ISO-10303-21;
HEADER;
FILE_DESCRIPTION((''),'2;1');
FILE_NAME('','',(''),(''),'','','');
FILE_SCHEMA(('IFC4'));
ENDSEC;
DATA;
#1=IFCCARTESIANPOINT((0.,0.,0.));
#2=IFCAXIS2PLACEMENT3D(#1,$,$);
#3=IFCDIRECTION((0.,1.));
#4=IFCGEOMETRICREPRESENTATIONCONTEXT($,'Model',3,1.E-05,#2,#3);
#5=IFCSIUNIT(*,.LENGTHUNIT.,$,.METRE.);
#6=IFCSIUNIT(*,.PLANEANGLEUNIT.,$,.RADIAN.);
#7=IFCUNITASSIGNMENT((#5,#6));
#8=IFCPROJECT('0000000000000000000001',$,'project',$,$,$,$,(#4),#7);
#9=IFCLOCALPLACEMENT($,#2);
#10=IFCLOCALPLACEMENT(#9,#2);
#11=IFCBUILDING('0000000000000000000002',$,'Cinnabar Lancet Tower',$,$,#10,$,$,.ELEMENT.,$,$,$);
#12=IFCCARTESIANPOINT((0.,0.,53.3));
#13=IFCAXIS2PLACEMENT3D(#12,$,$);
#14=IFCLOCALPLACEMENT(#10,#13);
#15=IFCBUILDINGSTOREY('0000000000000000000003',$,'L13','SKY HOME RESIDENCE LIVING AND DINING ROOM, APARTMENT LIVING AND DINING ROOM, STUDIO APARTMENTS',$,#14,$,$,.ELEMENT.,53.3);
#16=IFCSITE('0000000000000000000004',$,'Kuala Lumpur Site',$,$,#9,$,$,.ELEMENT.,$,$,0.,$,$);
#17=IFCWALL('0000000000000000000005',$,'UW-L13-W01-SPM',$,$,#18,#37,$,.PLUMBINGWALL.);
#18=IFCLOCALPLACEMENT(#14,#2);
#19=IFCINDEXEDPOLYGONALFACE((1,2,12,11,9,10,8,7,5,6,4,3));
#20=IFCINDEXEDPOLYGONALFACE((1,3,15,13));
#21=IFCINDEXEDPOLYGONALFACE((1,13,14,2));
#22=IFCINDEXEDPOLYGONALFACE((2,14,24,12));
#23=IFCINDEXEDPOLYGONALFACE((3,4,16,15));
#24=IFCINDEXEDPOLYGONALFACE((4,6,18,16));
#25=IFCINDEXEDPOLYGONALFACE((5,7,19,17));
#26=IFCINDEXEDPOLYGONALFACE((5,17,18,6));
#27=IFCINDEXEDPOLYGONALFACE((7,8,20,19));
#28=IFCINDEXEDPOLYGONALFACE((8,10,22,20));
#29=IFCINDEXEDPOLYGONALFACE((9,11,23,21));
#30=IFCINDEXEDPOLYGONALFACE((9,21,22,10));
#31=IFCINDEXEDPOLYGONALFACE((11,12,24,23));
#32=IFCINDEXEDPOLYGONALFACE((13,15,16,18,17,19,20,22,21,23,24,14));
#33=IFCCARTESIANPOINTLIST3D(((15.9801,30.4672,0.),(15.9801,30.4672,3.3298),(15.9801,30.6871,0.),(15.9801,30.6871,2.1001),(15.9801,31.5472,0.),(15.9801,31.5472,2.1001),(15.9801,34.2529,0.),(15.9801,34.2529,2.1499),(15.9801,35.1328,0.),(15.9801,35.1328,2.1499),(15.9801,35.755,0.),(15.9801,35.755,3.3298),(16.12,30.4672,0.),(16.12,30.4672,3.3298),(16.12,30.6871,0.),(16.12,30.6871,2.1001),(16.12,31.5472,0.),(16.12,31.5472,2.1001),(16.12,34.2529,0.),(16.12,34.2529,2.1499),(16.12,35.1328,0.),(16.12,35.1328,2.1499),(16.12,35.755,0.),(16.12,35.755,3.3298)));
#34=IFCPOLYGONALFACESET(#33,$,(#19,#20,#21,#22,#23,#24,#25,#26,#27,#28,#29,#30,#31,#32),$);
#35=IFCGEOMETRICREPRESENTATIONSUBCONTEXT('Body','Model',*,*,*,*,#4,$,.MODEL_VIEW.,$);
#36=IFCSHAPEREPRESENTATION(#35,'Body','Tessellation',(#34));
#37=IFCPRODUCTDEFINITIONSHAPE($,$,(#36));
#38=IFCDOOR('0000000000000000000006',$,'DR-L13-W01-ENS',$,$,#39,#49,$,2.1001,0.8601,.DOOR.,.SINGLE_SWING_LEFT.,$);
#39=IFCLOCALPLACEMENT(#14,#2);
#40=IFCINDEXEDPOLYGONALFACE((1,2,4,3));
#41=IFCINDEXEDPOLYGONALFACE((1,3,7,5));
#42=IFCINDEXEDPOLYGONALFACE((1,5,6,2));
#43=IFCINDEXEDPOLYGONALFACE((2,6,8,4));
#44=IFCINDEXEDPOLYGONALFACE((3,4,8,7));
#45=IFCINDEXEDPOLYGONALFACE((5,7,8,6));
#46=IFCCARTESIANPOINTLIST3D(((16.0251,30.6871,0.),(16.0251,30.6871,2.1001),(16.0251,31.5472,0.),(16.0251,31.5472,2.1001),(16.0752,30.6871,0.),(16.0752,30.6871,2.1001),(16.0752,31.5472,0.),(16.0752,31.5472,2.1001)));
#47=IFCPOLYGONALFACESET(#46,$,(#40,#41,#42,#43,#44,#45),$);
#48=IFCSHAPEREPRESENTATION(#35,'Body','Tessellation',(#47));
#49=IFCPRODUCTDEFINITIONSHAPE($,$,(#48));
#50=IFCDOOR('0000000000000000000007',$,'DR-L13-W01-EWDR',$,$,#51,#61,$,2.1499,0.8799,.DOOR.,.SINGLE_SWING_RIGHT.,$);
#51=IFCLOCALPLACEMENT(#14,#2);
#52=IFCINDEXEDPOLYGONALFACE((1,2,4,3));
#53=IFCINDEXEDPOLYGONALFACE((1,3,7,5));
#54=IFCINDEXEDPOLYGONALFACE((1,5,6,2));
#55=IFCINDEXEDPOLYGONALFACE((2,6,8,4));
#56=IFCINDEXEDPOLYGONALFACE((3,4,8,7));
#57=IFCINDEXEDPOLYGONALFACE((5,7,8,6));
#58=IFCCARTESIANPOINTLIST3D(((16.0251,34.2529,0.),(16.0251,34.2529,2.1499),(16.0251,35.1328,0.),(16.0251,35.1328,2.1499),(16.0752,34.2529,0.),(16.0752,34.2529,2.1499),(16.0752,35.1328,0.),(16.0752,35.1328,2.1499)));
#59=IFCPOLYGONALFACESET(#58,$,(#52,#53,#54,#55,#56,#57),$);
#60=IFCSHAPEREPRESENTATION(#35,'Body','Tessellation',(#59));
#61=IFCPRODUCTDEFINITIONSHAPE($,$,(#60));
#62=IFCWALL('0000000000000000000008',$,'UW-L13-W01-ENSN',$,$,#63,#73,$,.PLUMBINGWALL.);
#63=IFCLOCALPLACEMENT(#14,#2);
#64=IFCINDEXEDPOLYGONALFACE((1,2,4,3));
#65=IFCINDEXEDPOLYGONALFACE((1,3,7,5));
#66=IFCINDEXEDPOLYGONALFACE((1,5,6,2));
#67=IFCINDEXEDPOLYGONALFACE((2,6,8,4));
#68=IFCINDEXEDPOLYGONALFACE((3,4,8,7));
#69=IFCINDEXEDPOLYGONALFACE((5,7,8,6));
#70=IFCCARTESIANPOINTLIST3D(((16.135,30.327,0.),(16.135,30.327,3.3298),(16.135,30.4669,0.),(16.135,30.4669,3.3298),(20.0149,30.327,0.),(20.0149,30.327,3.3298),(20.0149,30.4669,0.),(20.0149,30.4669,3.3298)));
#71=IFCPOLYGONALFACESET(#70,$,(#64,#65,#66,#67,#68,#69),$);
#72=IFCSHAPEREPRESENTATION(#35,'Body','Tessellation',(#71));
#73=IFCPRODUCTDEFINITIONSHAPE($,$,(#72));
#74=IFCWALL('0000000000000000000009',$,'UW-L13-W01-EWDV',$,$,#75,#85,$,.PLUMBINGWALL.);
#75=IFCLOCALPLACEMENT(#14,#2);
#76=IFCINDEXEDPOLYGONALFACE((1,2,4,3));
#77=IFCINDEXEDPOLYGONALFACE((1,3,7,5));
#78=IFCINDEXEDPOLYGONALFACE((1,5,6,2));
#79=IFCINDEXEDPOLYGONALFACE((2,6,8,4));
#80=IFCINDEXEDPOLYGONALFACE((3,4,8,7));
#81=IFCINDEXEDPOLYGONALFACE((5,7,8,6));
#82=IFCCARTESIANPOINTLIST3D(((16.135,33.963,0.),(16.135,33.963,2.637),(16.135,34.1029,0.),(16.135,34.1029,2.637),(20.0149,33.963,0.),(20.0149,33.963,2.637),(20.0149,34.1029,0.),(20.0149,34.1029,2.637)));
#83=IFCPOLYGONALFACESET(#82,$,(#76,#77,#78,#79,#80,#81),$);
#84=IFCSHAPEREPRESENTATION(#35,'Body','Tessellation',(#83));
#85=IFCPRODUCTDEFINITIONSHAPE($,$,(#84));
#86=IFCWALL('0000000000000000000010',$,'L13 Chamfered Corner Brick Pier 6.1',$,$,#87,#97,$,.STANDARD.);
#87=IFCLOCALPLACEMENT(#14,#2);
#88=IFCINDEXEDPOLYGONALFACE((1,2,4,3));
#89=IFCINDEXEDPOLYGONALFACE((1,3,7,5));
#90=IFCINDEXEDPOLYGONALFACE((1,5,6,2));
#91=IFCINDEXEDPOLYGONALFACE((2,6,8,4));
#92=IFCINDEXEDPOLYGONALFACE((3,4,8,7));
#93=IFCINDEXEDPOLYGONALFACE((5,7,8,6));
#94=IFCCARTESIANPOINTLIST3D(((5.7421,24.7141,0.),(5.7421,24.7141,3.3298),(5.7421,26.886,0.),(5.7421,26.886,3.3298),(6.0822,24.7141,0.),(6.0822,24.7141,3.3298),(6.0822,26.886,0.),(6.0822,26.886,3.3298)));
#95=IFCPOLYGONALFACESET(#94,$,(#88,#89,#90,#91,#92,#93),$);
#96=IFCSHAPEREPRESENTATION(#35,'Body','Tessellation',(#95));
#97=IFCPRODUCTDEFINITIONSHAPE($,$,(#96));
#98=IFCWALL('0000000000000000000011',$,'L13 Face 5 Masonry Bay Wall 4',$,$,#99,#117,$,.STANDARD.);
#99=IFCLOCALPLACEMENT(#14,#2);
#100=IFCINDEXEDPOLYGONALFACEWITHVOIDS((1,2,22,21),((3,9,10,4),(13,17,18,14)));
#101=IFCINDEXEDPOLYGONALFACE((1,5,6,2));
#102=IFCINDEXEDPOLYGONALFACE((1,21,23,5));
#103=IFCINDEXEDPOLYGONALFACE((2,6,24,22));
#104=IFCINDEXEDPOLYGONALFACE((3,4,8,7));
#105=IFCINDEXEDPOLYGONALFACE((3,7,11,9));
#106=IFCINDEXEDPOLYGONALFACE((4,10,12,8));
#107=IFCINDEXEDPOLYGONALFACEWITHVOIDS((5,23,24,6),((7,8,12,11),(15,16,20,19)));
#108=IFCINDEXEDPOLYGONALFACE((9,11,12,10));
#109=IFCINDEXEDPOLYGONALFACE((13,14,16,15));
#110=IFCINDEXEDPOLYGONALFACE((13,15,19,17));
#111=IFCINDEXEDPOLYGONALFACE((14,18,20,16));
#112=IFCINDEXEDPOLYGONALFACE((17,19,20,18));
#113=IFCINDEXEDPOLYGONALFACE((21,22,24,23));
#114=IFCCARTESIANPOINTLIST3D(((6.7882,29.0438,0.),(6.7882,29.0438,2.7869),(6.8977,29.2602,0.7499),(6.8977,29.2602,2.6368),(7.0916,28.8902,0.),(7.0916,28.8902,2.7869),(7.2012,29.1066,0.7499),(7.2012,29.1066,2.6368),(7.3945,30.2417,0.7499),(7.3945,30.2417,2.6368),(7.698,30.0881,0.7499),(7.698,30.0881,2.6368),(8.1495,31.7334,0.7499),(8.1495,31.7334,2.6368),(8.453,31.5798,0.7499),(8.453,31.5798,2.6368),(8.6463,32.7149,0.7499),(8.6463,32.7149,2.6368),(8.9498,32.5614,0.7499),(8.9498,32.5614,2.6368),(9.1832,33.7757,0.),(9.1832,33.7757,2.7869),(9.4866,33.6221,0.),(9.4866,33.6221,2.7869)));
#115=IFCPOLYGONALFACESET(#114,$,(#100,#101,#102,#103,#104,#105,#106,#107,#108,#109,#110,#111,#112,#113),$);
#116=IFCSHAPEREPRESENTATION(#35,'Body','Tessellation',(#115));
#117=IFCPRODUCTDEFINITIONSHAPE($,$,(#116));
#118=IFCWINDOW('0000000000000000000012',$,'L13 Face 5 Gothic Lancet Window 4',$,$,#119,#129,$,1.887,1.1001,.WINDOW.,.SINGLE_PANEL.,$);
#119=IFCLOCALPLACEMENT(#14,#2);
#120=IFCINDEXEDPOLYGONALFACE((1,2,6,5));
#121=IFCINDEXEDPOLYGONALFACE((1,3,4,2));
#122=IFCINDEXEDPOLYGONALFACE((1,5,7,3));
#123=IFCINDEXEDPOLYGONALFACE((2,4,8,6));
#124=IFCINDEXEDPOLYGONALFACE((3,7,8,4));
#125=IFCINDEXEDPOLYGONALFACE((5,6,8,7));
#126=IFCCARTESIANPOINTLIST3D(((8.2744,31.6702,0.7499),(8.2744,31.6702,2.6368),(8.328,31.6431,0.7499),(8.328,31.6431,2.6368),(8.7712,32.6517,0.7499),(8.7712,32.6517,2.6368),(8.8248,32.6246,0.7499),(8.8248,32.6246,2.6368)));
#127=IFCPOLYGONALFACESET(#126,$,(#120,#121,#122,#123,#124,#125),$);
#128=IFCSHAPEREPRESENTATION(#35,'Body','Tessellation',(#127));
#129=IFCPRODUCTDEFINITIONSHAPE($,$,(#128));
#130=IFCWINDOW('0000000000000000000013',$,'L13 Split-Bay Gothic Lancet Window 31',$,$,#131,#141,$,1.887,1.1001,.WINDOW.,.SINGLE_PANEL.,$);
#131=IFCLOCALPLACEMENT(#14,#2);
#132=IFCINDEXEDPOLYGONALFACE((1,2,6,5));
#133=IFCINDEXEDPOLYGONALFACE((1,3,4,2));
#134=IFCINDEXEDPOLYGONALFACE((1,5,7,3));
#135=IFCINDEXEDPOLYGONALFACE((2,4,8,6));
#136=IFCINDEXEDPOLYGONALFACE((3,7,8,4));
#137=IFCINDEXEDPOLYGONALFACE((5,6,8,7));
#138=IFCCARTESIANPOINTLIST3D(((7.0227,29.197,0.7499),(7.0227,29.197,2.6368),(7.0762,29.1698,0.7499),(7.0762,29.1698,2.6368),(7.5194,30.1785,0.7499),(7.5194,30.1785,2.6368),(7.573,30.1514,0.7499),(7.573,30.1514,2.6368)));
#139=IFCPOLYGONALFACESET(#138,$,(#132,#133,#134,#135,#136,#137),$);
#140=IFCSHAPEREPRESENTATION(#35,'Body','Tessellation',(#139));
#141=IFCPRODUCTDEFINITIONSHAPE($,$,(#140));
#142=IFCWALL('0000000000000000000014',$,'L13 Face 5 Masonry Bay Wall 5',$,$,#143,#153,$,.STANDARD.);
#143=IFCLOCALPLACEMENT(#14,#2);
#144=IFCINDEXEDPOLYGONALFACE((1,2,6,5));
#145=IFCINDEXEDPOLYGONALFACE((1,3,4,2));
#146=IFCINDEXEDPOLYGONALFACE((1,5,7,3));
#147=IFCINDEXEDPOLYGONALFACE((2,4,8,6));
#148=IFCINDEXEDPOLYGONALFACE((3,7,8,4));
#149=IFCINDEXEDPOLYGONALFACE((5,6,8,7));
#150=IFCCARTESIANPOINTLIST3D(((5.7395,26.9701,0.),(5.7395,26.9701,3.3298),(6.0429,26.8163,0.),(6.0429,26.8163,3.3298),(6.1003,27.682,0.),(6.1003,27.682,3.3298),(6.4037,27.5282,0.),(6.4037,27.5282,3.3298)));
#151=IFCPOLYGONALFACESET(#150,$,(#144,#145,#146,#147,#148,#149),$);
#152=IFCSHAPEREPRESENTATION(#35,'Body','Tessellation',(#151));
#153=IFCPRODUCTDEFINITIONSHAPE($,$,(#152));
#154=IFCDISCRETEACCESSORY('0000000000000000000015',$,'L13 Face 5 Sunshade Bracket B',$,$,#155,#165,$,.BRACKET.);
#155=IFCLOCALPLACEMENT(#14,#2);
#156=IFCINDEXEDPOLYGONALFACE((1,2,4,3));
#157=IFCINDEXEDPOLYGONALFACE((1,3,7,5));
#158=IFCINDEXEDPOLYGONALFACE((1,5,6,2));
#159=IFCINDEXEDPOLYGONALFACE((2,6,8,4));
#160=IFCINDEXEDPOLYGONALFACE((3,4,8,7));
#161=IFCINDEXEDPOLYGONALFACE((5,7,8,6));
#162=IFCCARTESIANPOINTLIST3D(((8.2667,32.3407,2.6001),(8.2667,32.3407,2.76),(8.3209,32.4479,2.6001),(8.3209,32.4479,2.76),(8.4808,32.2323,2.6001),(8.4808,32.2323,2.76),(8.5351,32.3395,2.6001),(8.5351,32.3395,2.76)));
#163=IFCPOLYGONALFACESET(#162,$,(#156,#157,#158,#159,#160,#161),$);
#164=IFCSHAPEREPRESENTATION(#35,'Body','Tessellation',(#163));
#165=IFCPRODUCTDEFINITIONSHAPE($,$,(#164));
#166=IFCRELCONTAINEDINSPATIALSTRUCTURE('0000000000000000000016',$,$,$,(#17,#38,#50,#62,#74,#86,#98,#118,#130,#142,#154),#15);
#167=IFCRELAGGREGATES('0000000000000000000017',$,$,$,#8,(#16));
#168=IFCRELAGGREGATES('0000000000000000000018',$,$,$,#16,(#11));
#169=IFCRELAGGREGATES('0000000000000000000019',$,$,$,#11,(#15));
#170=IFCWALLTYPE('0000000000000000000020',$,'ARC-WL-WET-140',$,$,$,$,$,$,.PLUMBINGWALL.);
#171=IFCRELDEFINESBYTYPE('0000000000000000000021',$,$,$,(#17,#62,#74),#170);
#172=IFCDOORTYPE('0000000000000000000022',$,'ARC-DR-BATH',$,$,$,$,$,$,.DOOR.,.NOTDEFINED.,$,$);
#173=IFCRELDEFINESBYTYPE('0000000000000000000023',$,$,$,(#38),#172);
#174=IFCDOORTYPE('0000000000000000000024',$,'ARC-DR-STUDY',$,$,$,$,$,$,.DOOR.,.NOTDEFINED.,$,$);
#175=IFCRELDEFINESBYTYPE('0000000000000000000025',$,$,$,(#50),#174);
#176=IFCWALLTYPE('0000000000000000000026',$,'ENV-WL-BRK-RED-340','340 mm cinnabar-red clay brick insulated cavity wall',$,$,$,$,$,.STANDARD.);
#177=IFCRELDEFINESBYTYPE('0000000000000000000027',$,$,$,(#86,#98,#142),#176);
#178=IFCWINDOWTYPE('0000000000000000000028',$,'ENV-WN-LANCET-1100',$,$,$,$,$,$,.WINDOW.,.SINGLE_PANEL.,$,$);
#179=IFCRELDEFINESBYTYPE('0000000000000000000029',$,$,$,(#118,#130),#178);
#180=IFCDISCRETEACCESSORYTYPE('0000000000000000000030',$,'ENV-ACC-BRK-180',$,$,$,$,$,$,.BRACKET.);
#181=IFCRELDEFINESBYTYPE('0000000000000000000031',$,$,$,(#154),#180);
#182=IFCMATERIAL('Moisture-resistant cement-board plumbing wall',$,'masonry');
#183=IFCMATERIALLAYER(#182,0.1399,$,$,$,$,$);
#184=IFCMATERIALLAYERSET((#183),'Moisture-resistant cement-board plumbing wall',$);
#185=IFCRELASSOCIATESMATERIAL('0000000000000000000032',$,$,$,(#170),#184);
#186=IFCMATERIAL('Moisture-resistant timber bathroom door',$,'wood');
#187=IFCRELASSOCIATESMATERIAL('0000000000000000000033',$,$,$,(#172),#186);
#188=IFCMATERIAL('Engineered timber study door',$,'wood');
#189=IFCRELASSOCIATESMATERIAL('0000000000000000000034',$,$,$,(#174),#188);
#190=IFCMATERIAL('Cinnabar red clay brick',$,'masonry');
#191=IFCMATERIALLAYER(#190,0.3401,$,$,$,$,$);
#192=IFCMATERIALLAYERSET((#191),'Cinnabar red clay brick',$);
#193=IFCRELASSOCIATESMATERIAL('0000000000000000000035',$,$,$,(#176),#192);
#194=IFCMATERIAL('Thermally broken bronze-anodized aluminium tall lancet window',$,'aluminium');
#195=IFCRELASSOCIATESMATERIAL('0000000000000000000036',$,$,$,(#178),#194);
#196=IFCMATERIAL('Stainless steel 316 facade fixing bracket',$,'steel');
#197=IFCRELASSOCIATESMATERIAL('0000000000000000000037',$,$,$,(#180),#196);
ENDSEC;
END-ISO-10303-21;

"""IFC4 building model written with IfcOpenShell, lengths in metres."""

from ifc_helpers import new_model, si_unit, direction, frame, frame_2d, origin, origin_2d, place, context, subcontext, project, spatial, rectangle, extrude, material, layer, layer_set, type_object, element, fill, save


model = new_model("IFC4")

# Units and contexts
model_context = context("Model", 3, precision=1e-05, world=origin(), true_north=direction((0.0, 1.0)))
body_context = subcontext(model_context, "Body", "Model", "MODEL_VIEW")
ifc_project = project(units=[si_unit("LENGTHUNIT", "METRE"), si_unit("PLANEANGLEUNIT", "RADIAN")], contexts=[model_context])

# Site, building, storey
site_placement = place(None, origin())
site = spatial("IfcSite", under=ifc_project, at=site_placement, Name="Kuala Lumpur Site", CompositionType="ELEMENT", RefElevation=0.0)
building_placement = place(site_placement, origin())
building = spatial("IfcBuilding", under=site, at=building_placement, Name="Cinnabar Lancet Tower", CompositionType="ELEMENT")
storey_placement = place(building_placement, frame((0.0, 0.0, 53.3)))
storey = spatial("IfcBuildingStorey", under=building, at=storey_placement, Name="L13", Description="SKY HOME RESIDENCE LIVING AND DINING ROOM, APARTMENT LIVING AND DINING ROOM, STUDIO APARTMENTS", CompositionType="ELEMENT", Elevation=53.3)

# Wall, openings, doors
ifc_material_1 = material(Name="Moisture-resistant cement-board plumbing wall", Category="masonry")
ifc_layer_1 = layer(ifc_material_1, 0.1399)
ifc_layer_set_1 = layer_set([ifc_layer_1], Name="Moisture-resistant cement-board plumbing wall")
wall_type_1 = type_object("IfcWallType", Name="ARC-WL-WET-140", PredefinedType="PLUMBINGWALL", material=ifc_layer_set_1)
wall_1_placement = place(storey_placement, frame((16.05, 30.467, 0.0), z_axis=(0.0, 0.0, 1.0), x_axis=(0.0, 1.0, 0.0)))
wall_1 = element("IfcWall", 1, at=wall_1_placement, inside=storey, type_object=wall_type_1, Name="UW-L13-W01-SPM", PredefinedType="PLUMBINGWALL", context=body_context, shape_type="SweptSolid", body=[
    extrude(rectangle(XDim=5.2878, YDim=0.1399, at=frame_2d((2.644, 0.0))), origin(), (0.0, 0.0, 1.0), 3.3298),
])
opening_1_placement = place(wall_1_placement, frame((0.22, 0.0, 0.0)))
opening_1 = element("IfcOpeningElement", 2, at=opening_1_placement, cuts=wall_1, PredefinedType="OPENING", context=body_context, shape_type="SweptSolid", body=[
    extrude(rectangle(XDim=0.8601, YDim=2.1001, at=frame_2d((0.4302, 1.05))), frame((0.0, 0.0798, 0.0), z_axis=(0.0, -1.0, 0.0), x_axis=(1.0, 0.0, 0.0)), (0.0, 0.0, 1.0), 0.1599),
])
opening_2_placement = place(wall_1_placement, frame((3.7859, 0.0, 0.0)))
opening_2 = element("IfcOpeningElement", 3, at=opening_2_placement, cuts=wall_1, PredefinedType="OPENING", context=body_context, shape_type="SweptSolid", body=[
    extrude(rectangle(XDim=0.8799, YDim=2.1499, at=frame_2d((0.4399, 1.075))), frame((0.0, 0.0798, 0.0), z_axis=(0.0, -1.0, 0.0), x_axis=(1.0, 0.0, 0.0)), (0.0, 0.0, 1.0), 0.1599),
])
ifc_material_2 = material(Name="Moisture-resistant timber bathroom door", Category="wood")
door_type_1 = type_object("IfcDoorType", Name="ARC-DR-BATH", OperationType="NOTDEFINED", PredefinedType="DOOR", material=ifc_material_2)
door_1_placement = place(opening_1_placement, origin())
door_1 = element("IfcDoor", 4, at=door_1_placement, inside=storey, type_object=door_type_1, Name="DR-L13-W01-ENS", OperationType="SINGLE_SWING_LEFT", OverallHeight=2.1001, OverallWidth=0.8601, PredefinedType="DOOR", context=body_context, shape_type="SweptSolid", body=[
    extrude(rectangle(XDim=0.8601, YDim=2.1001, at=frame_2d((0.4302, 1.05))), frame((0.0, 0.0249, 0.0), z_axis=(0.0, -1.0, 0.0), x_axis=(1.0, 0.0, 0.0)), (0.0, 0.0, 1.0), 0.05),
])
fill(opening_1, door_1)
ifc_material_3 = material(Name="Engineered timber study door", Category="wood")
door_type_2 = type_object("IfcDoorType", Name="ARC-DR-STUDY", OperationType="NOTDEFINED", PredefinedType="DOOR", material=ifc_material_3)
door_2_placement = place(opening_2_placement, origin())
door_2 = element("IfcDoor", 5, at=door_2_placement, inside=storey, type_object=door_type_2, Name="DR-L13-W01-EWDR", OperationType="SINGLE_SWING_RIGHT", OverallHeight=2.1499, OverallWidth=0.8799, PredefinedType="DOOR", context=body_context, shape_type="SweptSolid", body=[
    extrude(rectangle(XDim=0.8799, YDim=2.1499, at=frame_2d((0.4399, 1.075))), frame((0.0, 0.0249, 0.0), z_axis=(0.0, -1.0, 0.0), x_axis=(1.0, 0.0, 0.0)), (0.0, 0.0, 1.0), 0.05),
])
fill(opening_2, door_2)

# Walls
wall_2_placement = place(storey_placement, frame((16.135, 30.397, 0.0), z_axis=(0.0, 0.0, 1.0), x_axis=(1.0, 0.0, 0.0)))
element("IfcWall", 6, at=wall_2_placement, inside=storey, type_object=wall_type_1, Name="UW-L13-W01-ENSN", PredefinedType="PLUMBINGWALL", context=body_context, shape_type="SweptSolid", body=[
    extrude(rectangle(XDim=3.8799, YDim=0.1399, at=frame_2d((1.9399, 0.0))), origin(), (0.0, 0.0, 1.0), 3.3298),
])
wall_3_placement = place(storey_placement, frame((16.135, 34.033, 0.0), z_axis=(0.0, 0.0, 1.0), x_axis=(1.0, 0.0, 0.0)))
element("IfcWall", 7, at=wall_3_placement, inside=storey, type_object=wall_type_1, Name="UW-L13-W01-EWDV", PredefinedType="PLUMBINGWALL", context=body_context, shape_type="SweptSolid", body=[
    extrude(rectangle(XDim=3.8799, YDim=0.1399, at=frame_2d((1.9399, 0.0))), origin(), (0.0, 0.0, 1.0), 2.637),
])
ifc_material_4 = material(Name="Cinnabar red clay brick", Category="masonry")
ifc_layer_2 = layer(ifc_material_4, 0.3401)
ifc_layer_set_2 = layer_set([ifc_layer_2], Name="Cinnabar red clay brick")
wall_type_2 = type_object("IfcWallType", Name="ENV-WL-BRK-RED-340", Description="340 mm cinnabar-red clay brick insulated cavity wall", PredefinedType="STANDARD", material=ifc_layer_set_2)
wall_4_placement = place(storey_placement, frame((5.9121, 26.886, 0.0), z_axis=(0.0, 0.0, 1.0), x_axis=(0.0, -1.0, 0.0)))
element("IfcWall", 8, at=wall_4_placement, inside=storey, type_object=wall_type_2, Name="L13 Chamfered Corner Brick Pier 6.1", PredefinedType="STANDARD", context=body_context, shape_type="SweptSolid", body=[
    extrude(rectangle(XDim=2.1719, YDim=0.3401, at=frame_2d((1.0859, 0.0))), origin(), (0.0, 0.0, 1.0), 3.3298),
])

# Wall, openings, windows
wall_5_placement = place(storey_placement, frame((9.335, 33.699, 0.0), z_axis=(0.0, 0.0, 1.0), x_axis=(-0.451591, -0.892225, 0.0)))
wall_5 = element("IfcWall", 9, at=wall_5_placement, inside=storey, type_object=wall_type_2, Name="L13 Face 5 Masonry Bay Wall 4", PredefinedType="STANDARD", context=body_context, shape_type="SweptSolid", body=[
    extrude(rectangle(XDim=5.3035, YDim=0.3401, at=frame_2d((2.6519, 0.0))), origin(), (0.0, 0.0, 1.0), 2.7869),
])
opening_3_placement = place(wall_5_placement, frame((1.189, 0.0, 0.75)))
opening_3 = element("IfcOpeningElement", 10, at=opening_3_placement, cuts=wall_5, PredefinedType="OPENING", context=body_context, shape_type="SweptSolid", body=[
    extrude(rectangle(XDim=1.1001, YDim=1.887, at=frame_2d((0.55, 0.9434))), frame((0.0, 0.1799, 0.0), z_axis=(0.0, -1.0, 0.0), x_axis=(1.0, 0.0, 0.0)), (0.0, 0.0, 1.0), 0.3601),
])
opening_4_placement = place(wall_5_placement, frame((3.9609, 0.0, 0.75)))
opening_4 = element("IfcOpeningElement", 11, at=opening_4_placement, cuts=wall_5, PredefinedType="OPENING", context=body_context, shape_type="SweptSolid", body=[
    extrude(rectangle(XDim=1.1001, YDim=1.887, at=frame_2d((0.55, 0.9434))), frame((0.0, 0.1799, 0.0), z_axis=(0.0, -1.0, 0.0), x_axis=(1.0, 0.0, 0.0)), (0.0, 0.0, 1.0), 0.3601),
])
ifc_material_5 = material(Name="Thermally broken bronze-anodized aluminium tall lancet window", Category="aluminium")
window_type = type_object("IfcWindowType", Name="ENV-WN-LANCET-1100", PartitioningType="SINGLE_PANEL", PredefinedType="WINDOW", material=ifc_material_5)
window_1_placement = place(opening_3_placement, origin())
window_1 = element("IfcWindow", 12, at=window_1_placement, inside=storey, type_object=window_type, Name="L13 Face 5 Gothic Lancet Window 4", OverallHeight=1.887, OverallWidth=1.1001, PartitioningType="SINGLE_PANEL", PredefinedType="WINDOW", context=body_context, shape_type="SweptSolid", body=[
    extrude(rectangle(XDim=1.1001, YDim=1.887, at=frame_2d((0.55, 0.9434))), frame((0.0, 0.03, 0.0), z_axis=(0.0, -1.0, 0.0), x_axis=(1.0, 0.0, 0.0)), (0.0, 0.0, 1.0), 0.0601),
])
fill(opening_3, window_1)
window_2_placement = place(opening_4_placement, origin())
window_2 = element("IfcWindow", 13, at=window_2_placement, inside=storey, type_object=window_type, Name="L13 Split-Bay Gothic Lancet Window 31", OverallHeight=1.887, OverallWidth=1.1001, PartitioningType="SINGLE_PANEL", PredefinedType="WINDOW", context=body_context, shape_type="SweptSolid", body=[
    extrude(rectangle(XDim=1.1001, YDim=1.887, at=frame_2d((0.55, 0.9434))), frame((0.0, 0.03, 0.0), z_axis=(0.0, -1.0, 0.0), x_axis=(1.0, 0.0, 0.0)), (0.0, 0.0, 1.0), 0.0601),
])
fill(opening_4, window_2)

# Wall
wall_6_placement = place(storey_placement, frame((6.252, 27.605, 0.0), z_axis=(0.0, 0.0, 1.0), x_axis=(-0.452101, -0.891967, 0.0)))
element("IfcWall", 14, at=wall_6_placement, inside=storey, type_object=wall_type_2, Name="L13 Face 5 Masonry Bay Wall 5", PredefinedType="STANDARD", context=body_context, shape_type="SweptSolid", body=[
    extrude(rectangle(XDim=0.7981, YDim=0.3401, at=frame_2d((0.3989, 0.0))), origin(), (0.0, 0.0, 1.0), 3.3298),
])

# Discrete accessory
ifc_material_6 = material(Name="Stainless steel 316 facade fixing bracket", Category="steel")
discrete_accessory_type = type_object("IfcDiscreteAccessoryType", Name="ENV-ACC-BRK-180", PredefinedType="BRACKET", material=ifc_material_6)
discrete_accessory_placement = place(storey_placement, frame((8.4009, 32.3401, 2.6001), z_axis=(0.0, 0.0, 1.0), x_axis=(-0.451501, -0.892271, 0.0)))
element("IfcDiscreteAccessory", 15, at=discrete_accessory_placement, inside=storey, type_object=discrete_accessory_type, Name="L13 Face 5 Sunshade Bracket B", PredefinedType="BRACKET", context=body_context, shape_type="SweptSolid", body=[
    extrude(rectangle(XDim=0.1201, YDim=0.24, at=origin_2d()), origin(), (0.0, 0.0, 1.0), 0.1599),
])

save(model, "model.ifc")
